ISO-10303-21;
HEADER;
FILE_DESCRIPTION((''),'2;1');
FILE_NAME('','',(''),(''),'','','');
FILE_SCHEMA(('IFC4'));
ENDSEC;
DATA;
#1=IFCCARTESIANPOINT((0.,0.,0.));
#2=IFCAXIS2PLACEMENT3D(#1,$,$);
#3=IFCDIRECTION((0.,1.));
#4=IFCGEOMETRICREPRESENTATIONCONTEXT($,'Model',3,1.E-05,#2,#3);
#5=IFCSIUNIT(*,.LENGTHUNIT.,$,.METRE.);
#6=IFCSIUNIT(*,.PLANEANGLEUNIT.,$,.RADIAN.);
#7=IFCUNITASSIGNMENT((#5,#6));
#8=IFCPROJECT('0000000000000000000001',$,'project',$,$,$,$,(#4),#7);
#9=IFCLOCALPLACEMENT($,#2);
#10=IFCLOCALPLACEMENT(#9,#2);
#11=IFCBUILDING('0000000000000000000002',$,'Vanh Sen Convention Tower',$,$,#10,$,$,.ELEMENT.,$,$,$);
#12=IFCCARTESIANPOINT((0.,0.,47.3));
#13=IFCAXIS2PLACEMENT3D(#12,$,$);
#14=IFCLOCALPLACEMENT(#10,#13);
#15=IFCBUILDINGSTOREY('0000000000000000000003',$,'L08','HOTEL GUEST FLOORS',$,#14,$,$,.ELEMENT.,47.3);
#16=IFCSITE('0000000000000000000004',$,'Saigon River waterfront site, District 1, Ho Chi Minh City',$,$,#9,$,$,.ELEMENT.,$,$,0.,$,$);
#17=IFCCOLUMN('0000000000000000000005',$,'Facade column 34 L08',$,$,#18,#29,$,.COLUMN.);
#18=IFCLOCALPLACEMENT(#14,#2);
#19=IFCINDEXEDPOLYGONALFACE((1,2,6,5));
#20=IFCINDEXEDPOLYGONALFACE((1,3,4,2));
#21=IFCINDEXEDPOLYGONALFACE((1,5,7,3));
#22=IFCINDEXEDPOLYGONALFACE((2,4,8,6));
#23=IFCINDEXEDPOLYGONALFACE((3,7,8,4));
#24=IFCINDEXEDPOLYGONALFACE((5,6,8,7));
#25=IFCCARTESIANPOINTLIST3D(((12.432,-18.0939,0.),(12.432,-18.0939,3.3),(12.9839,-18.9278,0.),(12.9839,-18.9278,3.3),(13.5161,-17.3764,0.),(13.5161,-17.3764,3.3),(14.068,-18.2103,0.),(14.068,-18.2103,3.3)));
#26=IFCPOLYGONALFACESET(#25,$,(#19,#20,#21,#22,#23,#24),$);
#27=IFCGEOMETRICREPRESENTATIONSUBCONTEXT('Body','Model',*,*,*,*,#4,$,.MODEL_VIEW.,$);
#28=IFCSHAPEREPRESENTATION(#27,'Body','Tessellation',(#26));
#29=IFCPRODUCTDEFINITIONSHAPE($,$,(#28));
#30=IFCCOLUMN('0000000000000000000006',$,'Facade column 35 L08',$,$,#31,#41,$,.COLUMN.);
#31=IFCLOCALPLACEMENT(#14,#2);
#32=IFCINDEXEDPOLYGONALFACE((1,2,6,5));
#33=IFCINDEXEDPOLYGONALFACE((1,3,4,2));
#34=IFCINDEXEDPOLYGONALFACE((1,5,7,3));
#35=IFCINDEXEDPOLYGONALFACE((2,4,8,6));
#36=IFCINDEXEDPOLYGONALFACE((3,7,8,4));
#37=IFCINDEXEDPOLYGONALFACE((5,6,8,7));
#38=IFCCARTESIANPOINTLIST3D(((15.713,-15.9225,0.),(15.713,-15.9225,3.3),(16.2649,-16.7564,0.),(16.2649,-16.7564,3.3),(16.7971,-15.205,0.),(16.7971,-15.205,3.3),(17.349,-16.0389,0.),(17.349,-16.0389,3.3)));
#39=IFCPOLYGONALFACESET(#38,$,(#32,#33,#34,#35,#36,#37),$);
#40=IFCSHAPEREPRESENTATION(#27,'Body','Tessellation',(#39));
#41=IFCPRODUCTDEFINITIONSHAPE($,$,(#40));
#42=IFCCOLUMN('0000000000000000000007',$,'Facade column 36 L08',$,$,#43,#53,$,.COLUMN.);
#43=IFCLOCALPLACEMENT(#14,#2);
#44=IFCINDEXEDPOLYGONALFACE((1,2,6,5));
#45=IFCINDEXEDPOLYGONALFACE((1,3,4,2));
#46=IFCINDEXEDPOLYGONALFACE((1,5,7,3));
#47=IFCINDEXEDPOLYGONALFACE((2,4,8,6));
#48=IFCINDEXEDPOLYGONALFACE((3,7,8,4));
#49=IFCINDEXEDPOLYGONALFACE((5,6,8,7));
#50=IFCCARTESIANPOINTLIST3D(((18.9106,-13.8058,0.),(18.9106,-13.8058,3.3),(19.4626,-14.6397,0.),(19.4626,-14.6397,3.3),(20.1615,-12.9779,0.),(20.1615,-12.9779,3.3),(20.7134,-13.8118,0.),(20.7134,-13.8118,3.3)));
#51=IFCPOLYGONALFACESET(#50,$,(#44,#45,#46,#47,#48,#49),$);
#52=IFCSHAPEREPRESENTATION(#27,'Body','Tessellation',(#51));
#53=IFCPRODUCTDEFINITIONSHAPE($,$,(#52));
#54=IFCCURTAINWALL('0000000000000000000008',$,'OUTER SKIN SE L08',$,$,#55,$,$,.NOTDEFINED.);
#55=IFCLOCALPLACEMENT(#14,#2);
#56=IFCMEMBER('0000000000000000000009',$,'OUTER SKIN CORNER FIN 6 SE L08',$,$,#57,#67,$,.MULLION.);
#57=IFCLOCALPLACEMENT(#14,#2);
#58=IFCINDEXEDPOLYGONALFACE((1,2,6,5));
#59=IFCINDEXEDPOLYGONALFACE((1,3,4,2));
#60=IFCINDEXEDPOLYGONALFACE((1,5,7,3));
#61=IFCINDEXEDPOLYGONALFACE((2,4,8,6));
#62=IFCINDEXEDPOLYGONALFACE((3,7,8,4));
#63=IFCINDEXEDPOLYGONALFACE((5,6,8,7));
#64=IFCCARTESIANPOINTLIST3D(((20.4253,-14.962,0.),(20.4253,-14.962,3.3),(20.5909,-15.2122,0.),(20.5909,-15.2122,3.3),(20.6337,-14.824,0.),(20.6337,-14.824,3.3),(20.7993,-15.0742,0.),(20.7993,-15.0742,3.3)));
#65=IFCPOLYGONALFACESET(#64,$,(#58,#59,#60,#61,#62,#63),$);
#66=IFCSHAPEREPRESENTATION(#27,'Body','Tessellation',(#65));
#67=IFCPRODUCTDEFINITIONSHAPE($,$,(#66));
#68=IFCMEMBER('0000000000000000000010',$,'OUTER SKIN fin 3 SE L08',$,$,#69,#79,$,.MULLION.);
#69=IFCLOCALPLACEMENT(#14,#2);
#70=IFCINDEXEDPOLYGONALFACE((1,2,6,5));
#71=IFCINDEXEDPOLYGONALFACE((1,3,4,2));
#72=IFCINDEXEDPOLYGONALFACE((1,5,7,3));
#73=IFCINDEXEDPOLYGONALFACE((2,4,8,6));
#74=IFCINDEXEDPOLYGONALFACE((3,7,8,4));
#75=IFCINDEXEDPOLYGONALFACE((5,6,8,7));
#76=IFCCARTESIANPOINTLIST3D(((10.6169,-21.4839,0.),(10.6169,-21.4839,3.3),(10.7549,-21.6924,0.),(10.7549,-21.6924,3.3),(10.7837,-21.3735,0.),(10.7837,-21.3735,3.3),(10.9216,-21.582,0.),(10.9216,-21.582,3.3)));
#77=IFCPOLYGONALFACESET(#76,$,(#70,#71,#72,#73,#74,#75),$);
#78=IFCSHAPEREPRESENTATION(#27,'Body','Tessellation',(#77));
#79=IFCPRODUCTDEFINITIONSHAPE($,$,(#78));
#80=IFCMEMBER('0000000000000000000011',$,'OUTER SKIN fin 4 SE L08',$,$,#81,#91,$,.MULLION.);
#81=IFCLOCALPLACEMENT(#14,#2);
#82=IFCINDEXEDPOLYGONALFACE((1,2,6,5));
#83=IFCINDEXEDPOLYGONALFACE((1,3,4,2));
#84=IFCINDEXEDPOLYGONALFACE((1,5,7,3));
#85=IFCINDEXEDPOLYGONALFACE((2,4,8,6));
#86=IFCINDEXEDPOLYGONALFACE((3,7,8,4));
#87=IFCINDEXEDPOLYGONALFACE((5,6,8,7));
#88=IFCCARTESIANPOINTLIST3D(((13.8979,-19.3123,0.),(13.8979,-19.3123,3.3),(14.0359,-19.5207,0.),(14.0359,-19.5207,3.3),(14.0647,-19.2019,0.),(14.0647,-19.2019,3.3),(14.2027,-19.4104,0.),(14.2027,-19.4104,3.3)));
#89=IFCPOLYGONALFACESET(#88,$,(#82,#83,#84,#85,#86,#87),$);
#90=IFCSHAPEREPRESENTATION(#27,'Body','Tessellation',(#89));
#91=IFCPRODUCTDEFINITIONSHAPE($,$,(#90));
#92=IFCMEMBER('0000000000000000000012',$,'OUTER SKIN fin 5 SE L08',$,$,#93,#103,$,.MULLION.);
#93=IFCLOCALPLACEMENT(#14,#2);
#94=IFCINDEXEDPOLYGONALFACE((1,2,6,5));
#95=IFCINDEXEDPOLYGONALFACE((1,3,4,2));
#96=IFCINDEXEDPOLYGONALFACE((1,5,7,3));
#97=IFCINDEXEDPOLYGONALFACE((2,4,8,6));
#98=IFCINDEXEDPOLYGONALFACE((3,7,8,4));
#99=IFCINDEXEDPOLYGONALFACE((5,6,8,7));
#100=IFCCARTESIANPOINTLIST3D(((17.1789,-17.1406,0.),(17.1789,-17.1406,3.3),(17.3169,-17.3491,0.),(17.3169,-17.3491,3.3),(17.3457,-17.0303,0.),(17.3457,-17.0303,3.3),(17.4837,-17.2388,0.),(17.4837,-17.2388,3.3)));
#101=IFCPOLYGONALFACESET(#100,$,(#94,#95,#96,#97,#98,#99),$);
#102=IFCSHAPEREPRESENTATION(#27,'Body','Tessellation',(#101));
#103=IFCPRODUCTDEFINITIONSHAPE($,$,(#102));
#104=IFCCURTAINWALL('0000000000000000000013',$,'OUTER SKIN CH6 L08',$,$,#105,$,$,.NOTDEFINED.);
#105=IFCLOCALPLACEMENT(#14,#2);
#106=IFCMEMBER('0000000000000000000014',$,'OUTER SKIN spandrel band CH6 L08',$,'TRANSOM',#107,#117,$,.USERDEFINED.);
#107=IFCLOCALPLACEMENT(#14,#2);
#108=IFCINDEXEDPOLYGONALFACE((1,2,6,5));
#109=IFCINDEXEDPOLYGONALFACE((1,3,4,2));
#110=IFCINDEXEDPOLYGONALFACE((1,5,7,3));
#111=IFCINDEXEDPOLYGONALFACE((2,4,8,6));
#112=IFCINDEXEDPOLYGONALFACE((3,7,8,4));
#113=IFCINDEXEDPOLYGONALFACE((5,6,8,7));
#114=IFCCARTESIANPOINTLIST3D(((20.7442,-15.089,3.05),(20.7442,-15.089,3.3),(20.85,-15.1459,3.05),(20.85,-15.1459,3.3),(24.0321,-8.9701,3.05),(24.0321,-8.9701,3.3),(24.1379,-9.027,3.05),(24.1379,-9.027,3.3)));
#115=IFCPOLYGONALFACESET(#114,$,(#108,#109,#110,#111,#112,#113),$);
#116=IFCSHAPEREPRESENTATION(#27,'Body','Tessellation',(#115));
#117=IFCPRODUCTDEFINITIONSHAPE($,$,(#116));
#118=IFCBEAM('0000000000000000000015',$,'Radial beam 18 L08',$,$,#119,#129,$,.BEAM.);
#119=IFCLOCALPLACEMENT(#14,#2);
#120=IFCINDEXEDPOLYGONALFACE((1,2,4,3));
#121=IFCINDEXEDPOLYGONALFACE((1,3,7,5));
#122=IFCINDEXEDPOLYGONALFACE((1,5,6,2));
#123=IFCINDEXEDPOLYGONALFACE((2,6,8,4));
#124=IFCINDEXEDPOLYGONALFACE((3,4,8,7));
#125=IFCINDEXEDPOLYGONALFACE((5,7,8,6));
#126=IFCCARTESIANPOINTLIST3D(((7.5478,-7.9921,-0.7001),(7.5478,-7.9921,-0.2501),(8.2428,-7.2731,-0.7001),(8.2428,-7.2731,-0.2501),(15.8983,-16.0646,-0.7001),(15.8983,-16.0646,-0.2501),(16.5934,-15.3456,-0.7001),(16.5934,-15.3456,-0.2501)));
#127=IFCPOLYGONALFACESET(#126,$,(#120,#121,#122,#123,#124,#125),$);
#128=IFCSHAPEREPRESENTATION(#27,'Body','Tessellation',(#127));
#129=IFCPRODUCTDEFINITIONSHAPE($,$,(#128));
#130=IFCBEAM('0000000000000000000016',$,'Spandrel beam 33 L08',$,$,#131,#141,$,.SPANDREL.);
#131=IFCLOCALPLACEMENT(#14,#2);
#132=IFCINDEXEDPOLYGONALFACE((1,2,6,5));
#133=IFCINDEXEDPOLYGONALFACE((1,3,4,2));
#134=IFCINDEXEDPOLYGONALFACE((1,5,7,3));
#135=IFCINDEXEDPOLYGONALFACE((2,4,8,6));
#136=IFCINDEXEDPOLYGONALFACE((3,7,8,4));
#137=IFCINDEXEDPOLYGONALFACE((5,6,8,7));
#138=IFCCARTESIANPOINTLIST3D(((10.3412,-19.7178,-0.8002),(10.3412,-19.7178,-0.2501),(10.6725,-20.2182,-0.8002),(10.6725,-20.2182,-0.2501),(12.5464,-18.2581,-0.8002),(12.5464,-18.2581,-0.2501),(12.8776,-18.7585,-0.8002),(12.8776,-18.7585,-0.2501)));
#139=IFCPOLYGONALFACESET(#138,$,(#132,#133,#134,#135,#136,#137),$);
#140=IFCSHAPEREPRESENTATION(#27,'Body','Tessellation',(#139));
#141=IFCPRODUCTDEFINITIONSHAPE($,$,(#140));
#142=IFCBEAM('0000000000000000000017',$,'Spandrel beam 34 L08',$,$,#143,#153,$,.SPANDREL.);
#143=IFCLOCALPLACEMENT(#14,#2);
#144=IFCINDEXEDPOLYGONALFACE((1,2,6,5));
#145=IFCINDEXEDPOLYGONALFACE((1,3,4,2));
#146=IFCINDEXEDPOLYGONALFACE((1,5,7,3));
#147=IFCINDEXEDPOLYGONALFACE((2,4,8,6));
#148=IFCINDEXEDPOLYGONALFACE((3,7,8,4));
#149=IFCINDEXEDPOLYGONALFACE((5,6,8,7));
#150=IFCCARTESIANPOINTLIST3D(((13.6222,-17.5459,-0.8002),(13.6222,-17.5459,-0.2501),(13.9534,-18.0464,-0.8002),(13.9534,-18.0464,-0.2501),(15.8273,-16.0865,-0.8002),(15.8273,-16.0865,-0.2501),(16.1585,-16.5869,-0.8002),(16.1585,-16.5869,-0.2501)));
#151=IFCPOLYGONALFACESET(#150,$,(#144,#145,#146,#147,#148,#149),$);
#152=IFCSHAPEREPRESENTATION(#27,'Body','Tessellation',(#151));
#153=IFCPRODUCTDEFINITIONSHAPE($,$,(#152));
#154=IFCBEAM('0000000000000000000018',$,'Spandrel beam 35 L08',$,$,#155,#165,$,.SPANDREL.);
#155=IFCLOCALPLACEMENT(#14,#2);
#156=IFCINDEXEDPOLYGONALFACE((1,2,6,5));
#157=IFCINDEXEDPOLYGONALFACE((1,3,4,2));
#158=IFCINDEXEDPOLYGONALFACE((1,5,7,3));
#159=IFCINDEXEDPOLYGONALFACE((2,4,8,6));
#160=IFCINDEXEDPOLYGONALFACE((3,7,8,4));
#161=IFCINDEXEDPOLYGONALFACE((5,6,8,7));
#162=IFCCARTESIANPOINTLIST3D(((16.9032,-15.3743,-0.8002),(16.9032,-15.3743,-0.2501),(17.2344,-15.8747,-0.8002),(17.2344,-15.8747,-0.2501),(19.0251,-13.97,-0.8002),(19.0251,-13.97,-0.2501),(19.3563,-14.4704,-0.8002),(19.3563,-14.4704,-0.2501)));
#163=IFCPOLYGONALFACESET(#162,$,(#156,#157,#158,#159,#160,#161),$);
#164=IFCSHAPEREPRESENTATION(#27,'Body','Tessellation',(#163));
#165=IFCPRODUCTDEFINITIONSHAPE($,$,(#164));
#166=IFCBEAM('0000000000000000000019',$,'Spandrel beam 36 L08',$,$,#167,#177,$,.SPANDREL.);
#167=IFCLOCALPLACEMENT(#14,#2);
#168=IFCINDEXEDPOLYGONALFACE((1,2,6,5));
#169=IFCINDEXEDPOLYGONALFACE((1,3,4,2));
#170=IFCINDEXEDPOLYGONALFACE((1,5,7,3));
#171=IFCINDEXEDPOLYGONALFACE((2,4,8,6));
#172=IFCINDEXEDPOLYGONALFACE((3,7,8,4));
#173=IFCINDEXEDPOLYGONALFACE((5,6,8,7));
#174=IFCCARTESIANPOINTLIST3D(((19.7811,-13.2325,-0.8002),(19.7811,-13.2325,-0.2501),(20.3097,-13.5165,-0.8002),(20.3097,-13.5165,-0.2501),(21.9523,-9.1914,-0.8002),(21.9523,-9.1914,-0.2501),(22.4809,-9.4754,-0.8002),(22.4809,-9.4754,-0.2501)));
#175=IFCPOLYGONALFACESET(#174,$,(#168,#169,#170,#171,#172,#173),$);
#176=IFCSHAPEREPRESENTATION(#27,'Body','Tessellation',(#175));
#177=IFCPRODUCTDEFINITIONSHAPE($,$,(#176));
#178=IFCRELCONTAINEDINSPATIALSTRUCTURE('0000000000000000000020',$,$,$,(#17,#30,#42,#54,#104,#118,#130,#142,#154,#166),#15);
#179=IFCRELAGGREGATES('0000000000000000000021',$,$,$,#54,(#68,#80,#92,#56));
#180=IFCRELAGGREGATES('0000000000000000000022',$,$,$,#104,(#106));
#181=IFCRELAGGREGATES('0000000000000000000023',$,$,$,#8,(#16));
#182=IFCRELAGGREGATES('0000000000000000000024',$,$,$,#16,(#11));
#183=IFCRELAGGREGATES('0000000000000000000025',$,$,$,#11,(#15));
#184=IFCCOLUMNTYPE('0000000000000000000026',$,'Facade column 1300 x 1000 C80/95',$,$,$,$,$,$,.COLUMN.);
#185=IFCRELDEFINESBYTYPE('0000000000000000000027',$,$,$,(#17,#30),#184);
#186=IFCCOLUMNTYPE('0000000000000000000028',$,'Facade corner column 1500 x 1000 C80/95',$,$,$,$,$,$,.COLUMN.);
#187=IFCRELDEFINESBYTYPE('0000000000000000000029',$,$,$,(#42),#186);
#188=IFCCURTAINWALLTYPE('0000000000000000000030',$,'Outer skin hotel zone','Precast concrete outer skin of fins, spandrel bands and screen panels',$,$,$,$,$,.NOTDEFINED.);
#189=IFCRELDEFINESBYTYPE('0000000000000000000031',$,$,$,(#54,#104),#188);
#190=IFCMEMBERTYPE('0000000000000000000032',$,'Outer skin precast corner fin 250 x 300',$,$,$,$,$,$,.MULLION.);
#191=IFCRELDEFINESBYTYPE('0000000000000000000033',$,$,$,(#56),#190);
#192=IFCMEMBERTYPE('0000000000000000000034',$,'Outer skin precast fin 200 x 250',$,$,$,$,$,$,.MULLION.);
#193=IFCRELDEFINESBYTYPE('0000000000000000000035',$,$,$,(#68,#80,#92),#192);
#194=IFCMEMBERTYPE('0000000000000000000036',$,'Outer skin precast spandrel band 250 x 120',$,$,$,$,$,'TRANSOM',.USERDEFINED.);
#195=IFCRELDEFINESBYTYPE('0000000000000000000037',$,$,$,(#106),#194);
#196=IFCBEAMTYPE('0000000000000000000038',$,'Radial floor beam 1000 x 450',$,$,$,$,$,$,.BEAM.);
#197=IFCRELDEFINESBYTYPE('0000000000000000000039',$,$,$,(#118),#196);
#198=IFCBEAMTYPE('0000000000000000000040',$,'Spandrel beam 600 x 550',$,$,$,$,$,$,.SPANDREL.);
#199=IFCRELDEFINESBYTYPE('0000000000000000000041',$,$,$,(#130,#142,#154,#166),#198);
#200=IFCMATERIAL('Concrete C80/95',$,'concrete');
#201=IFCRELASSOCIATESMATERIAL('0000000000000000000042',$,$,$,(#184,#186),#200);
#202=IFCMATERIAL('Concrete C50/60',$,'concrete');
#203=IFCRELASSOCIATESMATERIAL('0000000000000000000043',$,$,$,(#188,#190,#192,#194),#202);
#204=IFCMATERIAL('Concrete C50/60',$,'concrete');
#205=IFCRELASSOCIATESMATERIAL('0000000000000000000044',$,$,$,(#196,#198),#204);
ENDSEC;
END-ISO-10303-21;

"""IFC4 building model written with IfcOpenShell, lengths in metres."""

from ifc_helpers import new_model, si_unit, direction, frame, origin, origin_2d, place, context, subcontext, project, spatial, rectangle, extrude, material, material_profile, profile_set, type_object, element, aggregate, save


model = new_model("IFC4")

# Units and contexts
model_context = context("Model", 3, precision=1e-05, world=origin(), true_north=direction((0.0, 1.0)))
body_context = subcontext(model_context, "Body", "Model", "MODEL_VIEW")
ifc_project = project(units=[si_unit("LENGTHUNIT", "METRE"), si_unit("PLANEANGLEUNIT", "RADIAN")], contexts=[model_context])

# Site, building, storey
site_placement = place(None, origin())
site = spatial("IfcSite", under=ifc_project, at=site_placement, Name="Saigon River waterfront site, District 1, Ho Chi Minh City", CompositionType="ELEMENT", RefElevation=0.0)
building_placement = place(site_placement, origin())
building = spatial("IfcBuilding", under=site, at=building_placement, Name="Vanh Sen Convention Tower", CompositionType="ELEMENT")
storey_placement = place(building_placement, frame((0.0, 0.0, 47.3)))
storey = spatial("IfcBuildingStorey", under=building, at=storey_placement, Name="L08", Description="HOTEL GUEST FLOORS", CompositionType="ELEMENT", Elevation=47.3)

# Columns
ifc_material_1 = material(Name="Concrete C80/95", Category="concrete")
ifc_material_profile_1 = material_profile(ifc_material_1, rectangle(XDim=1.3, YDim=1.0, at=origin_2d()), Name="RC 1300X1000")
ifc_profile_set_1 = profile_set([ifc_material_profile_1], Name="Concrete C80/95")
column_type_1 = type_object("IfcColumnType", Name="Facade column 1300 x 1000 C80/95", PredefinedType="COLUMN", material=ifc_profile_set_1)
for number, where, z_axis, x_axis, name in (
    (1, (13.25, -18.1521, 0.0), (0.0, 0.0, 1.0), (0.833886, 0.551937, 0.0), "Facade column 34 L08"),
    (2, (16.531, -15.9807, 0.0), (0.0, 0.0, 1.0), (0.833886, 0.551937, 0.0), "Facade column 35 L08"),
):
    element("IfcColumn", number, at=place(storey_placement, frame(where, z_axis=z_axis, x_axis=x_axis)), inside=storey, type_object=column_type_1, Name=name, PredefinedType="COLUMN", context=body_context, shape_type="SweptSolid", body=[
        extrude(rectangle(XDim=1.3, YDim=1.0, at=origin_2d()), origin(), (0.0, 0.0, 1.0), 3.3),
    ])
ifc_material_profile_2 = material_profile(ifc_material_1, rectangle(XDim=1.5, YDim=1.0, at=origin_2d()), Name="RC 1500X1000")
ifc_profile_set_2 = profile_set([ifc_material_profile_2], Name="Concrete C80/95")
column_type_2 = type_object("IfcColumnType", Name="Facade corner column 1500 x 1000 C80/95", PredefinedType="COLUMN", material=ifc_profile_set_2)
column_placement = place(storey_placement, frame((19.812, -13.8088, 0.0), z_axis=(0.0, 0.0, 1.0), x_axis=(0.833886, 0.551937, 0.0)))
element("IfcColumn", 3, at=column_placement, inside=storey, type_object=column_type_2, Name="Facade column 36 L08", PredefinedType="COLUMN", context=body_context, shape_type="SweptSolid", body=[
    extrude(rectangle(XDim=1.5, YDim=1.0, at=origin_2d()), origin(), (0.0, 0.0, 1.0), 3.3),
])

# Curtain wall, members
ifc_material_2 = material(Name="Concrete C50/60", Category="concrete")
curtain_wall_type = type_object("IfcCurtainWallType", Name="Outer skin hotel zone", Description="Precast concrete outer skin of fins, spandrel bands and screen panels", PredefinedType="NOTDEFINED", material=ifc_material_2)
curtain_wall_1_placement = place(storey_placement, origin())
curtain_wall_1 = element("IfcCurtainWall", 4, at=curtain_wall_1_placement, inside=storey, type_object=curtain_wall_type, Name="OUTER SKIN SE L08", PredefinedType="NOTDEFINED")
ifc_material_profile_3 = material_profile(ifc_material_2, rectangle(XDim=0.25, YDim=0.3, at=origin_2d()), Name="Outer skin precast corner fin 250 x 300")
ifc_profile_set_3 = profile_set([ifc_material_profile_3], Name="Concrete C50/60")
member_type_1 = type_object("IfcMemberType", Name="Outer skin precast corner fin 250 x 300", PredefinedType="MULLION", material=ifc_profile_set_3)
member_1_placement = place(storey_placement, frame((20.6123, -15.0181, 0.0), z_axis=(0.0, 0.0, 1.0), x_axis=(0.833886, 0.551937, 0.0)))
member_1 = element("IfcMember", 5, at=member_1_placement, type_object=member_type_1, Name="OUTER SKIN CORNER FIN 6 SE L08", PredefinedType="MULLION", context=body_context, shape_type="SweptSolid", body=[
    extrude(rectangle(XDim=0.25, YDim=0.3, at=origin_2d()), origin(), (0.0, 0.0, 1.0), 3.3),
])
ifc_material_profile_4 = material_profile(ifc_material_2, rectangle(XDim=0.2, YDim=0.25, at=origin_2d()), Name="Outer skin precast fin 200 x 250")
ifc_profile_set_4 = profile_set([ifc_material_profile_4], Name="Concrete C50/60")
member_type_2 = type_object("IfcMemberType", Name="Outer skin precast fin 200 x 250", PredefinedType="MULLION", material=ifc_profile_set_4)
member_2_placement = place(storey_placement, frame((10.7693, -21.533, 0.0), z_axis=(0.0, 0.0, 1.0), x_axis=(0.833886, 0.551937, 0.0)))
member_2 = element("IfcMember", 6, at=member_2_placement, type_object=member_type_2, Name="OUTER SKIN fin 3 SE L08", PredefinedType="MULLION", context=body_context, shape_type="SweptSolid", body=[
    extrude(rectangle(XDim=0.2, YDim=0.25, at=origin_2d()), origin(), (0.0, 0.0, 1.0), 3.3),
])
member_3_placement = place(storey_placement, frame((14.0503, -19.3613, 0.0), z_axis=(0.0, 0.0, 1.0), x_axis=(0.833886, 0.551937, 0.0)))
member_3 = element("IfcMember", 7, at=member_3_placement, type_object=member_type_2, Name="OUTER SKIN fin 4 SE L08", PredefinedType="MULLION", context=body_context, shape_type="SweptSolid", body=[
    extrude(rectangle(XDim=0.2, YDim=0.25, at=origin_2d()), origin(), (0.0, 0.0, 1.0), 3.3),
])
member_4_placement = place(storey_placement, frame((17.3313, -17.1897, 0.0), z_axis=(0.0, 0.0, 1.0), x_axis=(0.833886, 0.551937, 0.0)))
member_4 = element("IfcMember", 8, at=member_4_placement, type_object=member_type_2, Name="OUTER SKIN fin 5 SE L08", PredefinedType="MULLION", context=body_context, shape_type="SweptSolid", body=[
    extrude(rectangle(XDim=0.2, YDim=0.25, at=origin_2d()), origin(), (0.0, 0.0, 1.0), 3.3),
])

# Curtain wall, member
curtain_wall_2_placement = place(storey_placement, origin())
curtain_wall_2 = element("IfcCurtainWall", 9, at=curtain_wall_2_placement, inside=storey, type_object=curtain_wall_type, Name="OUTER SKIN CH6 L08", PredefinedType="NOTDEFINED")
ifc_material_profile_5 = material_profile(ifc_material_2, rectangle(XDim=0.1201, YDim=0.25, at=origin_2d()), Name="Outer skin precast spandrel band 250 x 120")
ifc_profile_set_5 = profile_set([ifc_material_profile_5], Name="Concrete C50/60")
member_type_3 = type_object("IfcMemberType", Name="Outer skin precast spandrel band 250 x 120", ElementType="TRANSOM", PredefinedType="USERDEFINED", material=ifc_profile_set_5)
member_5_placement = place(storey_placement, frame((20.7971, -15.1174, 3.175), z_axis=(0.473324, 0.880888, 0.0), x_axis=(-0.880888, 0.473324, 0.0)))
member_5 = element("IfcMember", 10, at=member_5_placement, type_object=member_type_3, Name="OUTER SKIN spandrel band CH6 L08", ObjectType="TRANSOM", PredefinedType="USERDEFINED", context=body_context, shape_type="SweptSolid", body=[
    extrude(rectangle(XDim=0.1201, YDim=0.25, at=origin_2d()), origin(), (0.0, 0.0, 1.0), 6.9463),
])

# Beams
ifc_material_3 = material(Name="Concrete C50/60", Category="concrete")
ifc_material_profile_6 = material_profile(ifc_material_3, rectangle(XDim=1.0, YDim=0.45, at=origin_2d()), Name="RC 1000X450")
ifc_profile_set_6 = profile_set([ifc_material_profile_6], Name="Concrete C50/60")
beam_type_1 = type_object("IfcBeamType", Name="Radial floor beam 1000 x 450", PredefinedType="BEAM", material=ifc_profile_set_6)
beam_1_placement = place(storey_placement, frame((16.2458, -15.7051, -0.4751), z_axis=(-0.718976, 0.695034, 0.0), x_axis=(-0.695034, -0.718976, 0.0)))
element("IfcBeam", 11, at=beam_1_placement, inside=storey, type_object=beam_type_1, Name="Radial beam 18 L08", PredefinedType="BEAM", context=body_context, shape_type="SweptSolid", body=[
    extrude(rectangle(XDim=1.0, YDim=0.45, at=origin_2d()), origin(), (0.0, 0.0, 1.0), 11.6145),
])
ifc_material_profile_7 = material_profile(ifc_material_3, rectangle(XDim=0.6001, YDim=0.55, at=origin_2d()), Name="RC 600X550")
ifc_profile_set_7 = profile_set([ifc_material_profile_7], Name="Concrete C50/60")
beam_type_2 = type_object("IfcBeamType", Name="Spandrel beam 600 x 550", PredefinedType="SPANDREL", material=ifc_profile_set_7)
beam_2_placement = place(storey_placement, frame((10.5068, -19.968, -0.5251), z_axis=(0.83385, 0.551992, 0.0), x_axis=(-0.551992, 0.83385, 0.0)))
element("IfcBeam", 12, at=beam_2_placement, inside=storey, type_object=beam_type_2, Name="Spandrel beam 33 L08", PredefinedType="SPANDREL", context=body_context, shape_type="SweptSolid", body=[
    extrude(rectangle(XDim=0.6001, YDim=0.55, at=origin_2d()), origin(), (0.0, 0.0, 1.0), 2.6445),
])
beam_3_placement = place(storey_placement, frame((13.7878, -17.7961, -0.5251), z_axis=(0.833892, 0.551927, 0.0), x_axis=(-0.551927, 0.833892, 0.0)))
element("IfcBeam", 13, at=beam_3_placement, inside=storey, type_object=beam_type_2, Name="Spandrel beam 34 L08", PredefinedType="SPANDREL", context=body_context, shape_type="SweptSolid", body=[
    extrude(rectangle(XDim=0.6001, YDim=0.55, at=origin_2d()), origin(), (0.0, 0.0, 1.0), 2.6443),
])
beam_4_placement = place(storey_placement, frame((17.0688, -15.6245, -0.5251), z_axis=(0.833906, 0.551907, 0.0), x_axis=(-0.551907, 0.833906, 0.0)))
element("IfcBeam", 14, at=beam_4_placement, inside=storey, type_object=beam_type_2, Name="Spandrel beam 35 L08", PredefinedType="SPANDREL", context=body_context, shape_type="SweptSolid", body=[
    extrude(rectangle(XDim=0.6001, YDim=0.55, at=origin_2d()), origin(), (0.0, 0.0, 1.0), 2.5444),
])
beam_5_placement = place(storey_placement, frame((20.0454, -13.3745, -0.5251), z_axis=(0.47329, 0.880907, 0.0), x_axis=(-0.880907, 0.47329, 0.0)))
element("IfcBeam", 15, at=beam_5_placement, inside=storey, type_object=beam_type_2, Name="Spandrel beam 36 L08", PredefinedType="SPANDREL", context=body_context, shape_type="SweptSolid", body=[
    extrude(rectangle(XDim=0.6001, YDim=0.55, at=origin_2d()), origin(), (0.0, 0.0, 1.0), 4.5874),
])

aggregate(curtain_wall_1, [member_2, member_3, member_4, member_1])
aggregate(curtain_wall_2, [member_5])

save(model, "model.ifc")
